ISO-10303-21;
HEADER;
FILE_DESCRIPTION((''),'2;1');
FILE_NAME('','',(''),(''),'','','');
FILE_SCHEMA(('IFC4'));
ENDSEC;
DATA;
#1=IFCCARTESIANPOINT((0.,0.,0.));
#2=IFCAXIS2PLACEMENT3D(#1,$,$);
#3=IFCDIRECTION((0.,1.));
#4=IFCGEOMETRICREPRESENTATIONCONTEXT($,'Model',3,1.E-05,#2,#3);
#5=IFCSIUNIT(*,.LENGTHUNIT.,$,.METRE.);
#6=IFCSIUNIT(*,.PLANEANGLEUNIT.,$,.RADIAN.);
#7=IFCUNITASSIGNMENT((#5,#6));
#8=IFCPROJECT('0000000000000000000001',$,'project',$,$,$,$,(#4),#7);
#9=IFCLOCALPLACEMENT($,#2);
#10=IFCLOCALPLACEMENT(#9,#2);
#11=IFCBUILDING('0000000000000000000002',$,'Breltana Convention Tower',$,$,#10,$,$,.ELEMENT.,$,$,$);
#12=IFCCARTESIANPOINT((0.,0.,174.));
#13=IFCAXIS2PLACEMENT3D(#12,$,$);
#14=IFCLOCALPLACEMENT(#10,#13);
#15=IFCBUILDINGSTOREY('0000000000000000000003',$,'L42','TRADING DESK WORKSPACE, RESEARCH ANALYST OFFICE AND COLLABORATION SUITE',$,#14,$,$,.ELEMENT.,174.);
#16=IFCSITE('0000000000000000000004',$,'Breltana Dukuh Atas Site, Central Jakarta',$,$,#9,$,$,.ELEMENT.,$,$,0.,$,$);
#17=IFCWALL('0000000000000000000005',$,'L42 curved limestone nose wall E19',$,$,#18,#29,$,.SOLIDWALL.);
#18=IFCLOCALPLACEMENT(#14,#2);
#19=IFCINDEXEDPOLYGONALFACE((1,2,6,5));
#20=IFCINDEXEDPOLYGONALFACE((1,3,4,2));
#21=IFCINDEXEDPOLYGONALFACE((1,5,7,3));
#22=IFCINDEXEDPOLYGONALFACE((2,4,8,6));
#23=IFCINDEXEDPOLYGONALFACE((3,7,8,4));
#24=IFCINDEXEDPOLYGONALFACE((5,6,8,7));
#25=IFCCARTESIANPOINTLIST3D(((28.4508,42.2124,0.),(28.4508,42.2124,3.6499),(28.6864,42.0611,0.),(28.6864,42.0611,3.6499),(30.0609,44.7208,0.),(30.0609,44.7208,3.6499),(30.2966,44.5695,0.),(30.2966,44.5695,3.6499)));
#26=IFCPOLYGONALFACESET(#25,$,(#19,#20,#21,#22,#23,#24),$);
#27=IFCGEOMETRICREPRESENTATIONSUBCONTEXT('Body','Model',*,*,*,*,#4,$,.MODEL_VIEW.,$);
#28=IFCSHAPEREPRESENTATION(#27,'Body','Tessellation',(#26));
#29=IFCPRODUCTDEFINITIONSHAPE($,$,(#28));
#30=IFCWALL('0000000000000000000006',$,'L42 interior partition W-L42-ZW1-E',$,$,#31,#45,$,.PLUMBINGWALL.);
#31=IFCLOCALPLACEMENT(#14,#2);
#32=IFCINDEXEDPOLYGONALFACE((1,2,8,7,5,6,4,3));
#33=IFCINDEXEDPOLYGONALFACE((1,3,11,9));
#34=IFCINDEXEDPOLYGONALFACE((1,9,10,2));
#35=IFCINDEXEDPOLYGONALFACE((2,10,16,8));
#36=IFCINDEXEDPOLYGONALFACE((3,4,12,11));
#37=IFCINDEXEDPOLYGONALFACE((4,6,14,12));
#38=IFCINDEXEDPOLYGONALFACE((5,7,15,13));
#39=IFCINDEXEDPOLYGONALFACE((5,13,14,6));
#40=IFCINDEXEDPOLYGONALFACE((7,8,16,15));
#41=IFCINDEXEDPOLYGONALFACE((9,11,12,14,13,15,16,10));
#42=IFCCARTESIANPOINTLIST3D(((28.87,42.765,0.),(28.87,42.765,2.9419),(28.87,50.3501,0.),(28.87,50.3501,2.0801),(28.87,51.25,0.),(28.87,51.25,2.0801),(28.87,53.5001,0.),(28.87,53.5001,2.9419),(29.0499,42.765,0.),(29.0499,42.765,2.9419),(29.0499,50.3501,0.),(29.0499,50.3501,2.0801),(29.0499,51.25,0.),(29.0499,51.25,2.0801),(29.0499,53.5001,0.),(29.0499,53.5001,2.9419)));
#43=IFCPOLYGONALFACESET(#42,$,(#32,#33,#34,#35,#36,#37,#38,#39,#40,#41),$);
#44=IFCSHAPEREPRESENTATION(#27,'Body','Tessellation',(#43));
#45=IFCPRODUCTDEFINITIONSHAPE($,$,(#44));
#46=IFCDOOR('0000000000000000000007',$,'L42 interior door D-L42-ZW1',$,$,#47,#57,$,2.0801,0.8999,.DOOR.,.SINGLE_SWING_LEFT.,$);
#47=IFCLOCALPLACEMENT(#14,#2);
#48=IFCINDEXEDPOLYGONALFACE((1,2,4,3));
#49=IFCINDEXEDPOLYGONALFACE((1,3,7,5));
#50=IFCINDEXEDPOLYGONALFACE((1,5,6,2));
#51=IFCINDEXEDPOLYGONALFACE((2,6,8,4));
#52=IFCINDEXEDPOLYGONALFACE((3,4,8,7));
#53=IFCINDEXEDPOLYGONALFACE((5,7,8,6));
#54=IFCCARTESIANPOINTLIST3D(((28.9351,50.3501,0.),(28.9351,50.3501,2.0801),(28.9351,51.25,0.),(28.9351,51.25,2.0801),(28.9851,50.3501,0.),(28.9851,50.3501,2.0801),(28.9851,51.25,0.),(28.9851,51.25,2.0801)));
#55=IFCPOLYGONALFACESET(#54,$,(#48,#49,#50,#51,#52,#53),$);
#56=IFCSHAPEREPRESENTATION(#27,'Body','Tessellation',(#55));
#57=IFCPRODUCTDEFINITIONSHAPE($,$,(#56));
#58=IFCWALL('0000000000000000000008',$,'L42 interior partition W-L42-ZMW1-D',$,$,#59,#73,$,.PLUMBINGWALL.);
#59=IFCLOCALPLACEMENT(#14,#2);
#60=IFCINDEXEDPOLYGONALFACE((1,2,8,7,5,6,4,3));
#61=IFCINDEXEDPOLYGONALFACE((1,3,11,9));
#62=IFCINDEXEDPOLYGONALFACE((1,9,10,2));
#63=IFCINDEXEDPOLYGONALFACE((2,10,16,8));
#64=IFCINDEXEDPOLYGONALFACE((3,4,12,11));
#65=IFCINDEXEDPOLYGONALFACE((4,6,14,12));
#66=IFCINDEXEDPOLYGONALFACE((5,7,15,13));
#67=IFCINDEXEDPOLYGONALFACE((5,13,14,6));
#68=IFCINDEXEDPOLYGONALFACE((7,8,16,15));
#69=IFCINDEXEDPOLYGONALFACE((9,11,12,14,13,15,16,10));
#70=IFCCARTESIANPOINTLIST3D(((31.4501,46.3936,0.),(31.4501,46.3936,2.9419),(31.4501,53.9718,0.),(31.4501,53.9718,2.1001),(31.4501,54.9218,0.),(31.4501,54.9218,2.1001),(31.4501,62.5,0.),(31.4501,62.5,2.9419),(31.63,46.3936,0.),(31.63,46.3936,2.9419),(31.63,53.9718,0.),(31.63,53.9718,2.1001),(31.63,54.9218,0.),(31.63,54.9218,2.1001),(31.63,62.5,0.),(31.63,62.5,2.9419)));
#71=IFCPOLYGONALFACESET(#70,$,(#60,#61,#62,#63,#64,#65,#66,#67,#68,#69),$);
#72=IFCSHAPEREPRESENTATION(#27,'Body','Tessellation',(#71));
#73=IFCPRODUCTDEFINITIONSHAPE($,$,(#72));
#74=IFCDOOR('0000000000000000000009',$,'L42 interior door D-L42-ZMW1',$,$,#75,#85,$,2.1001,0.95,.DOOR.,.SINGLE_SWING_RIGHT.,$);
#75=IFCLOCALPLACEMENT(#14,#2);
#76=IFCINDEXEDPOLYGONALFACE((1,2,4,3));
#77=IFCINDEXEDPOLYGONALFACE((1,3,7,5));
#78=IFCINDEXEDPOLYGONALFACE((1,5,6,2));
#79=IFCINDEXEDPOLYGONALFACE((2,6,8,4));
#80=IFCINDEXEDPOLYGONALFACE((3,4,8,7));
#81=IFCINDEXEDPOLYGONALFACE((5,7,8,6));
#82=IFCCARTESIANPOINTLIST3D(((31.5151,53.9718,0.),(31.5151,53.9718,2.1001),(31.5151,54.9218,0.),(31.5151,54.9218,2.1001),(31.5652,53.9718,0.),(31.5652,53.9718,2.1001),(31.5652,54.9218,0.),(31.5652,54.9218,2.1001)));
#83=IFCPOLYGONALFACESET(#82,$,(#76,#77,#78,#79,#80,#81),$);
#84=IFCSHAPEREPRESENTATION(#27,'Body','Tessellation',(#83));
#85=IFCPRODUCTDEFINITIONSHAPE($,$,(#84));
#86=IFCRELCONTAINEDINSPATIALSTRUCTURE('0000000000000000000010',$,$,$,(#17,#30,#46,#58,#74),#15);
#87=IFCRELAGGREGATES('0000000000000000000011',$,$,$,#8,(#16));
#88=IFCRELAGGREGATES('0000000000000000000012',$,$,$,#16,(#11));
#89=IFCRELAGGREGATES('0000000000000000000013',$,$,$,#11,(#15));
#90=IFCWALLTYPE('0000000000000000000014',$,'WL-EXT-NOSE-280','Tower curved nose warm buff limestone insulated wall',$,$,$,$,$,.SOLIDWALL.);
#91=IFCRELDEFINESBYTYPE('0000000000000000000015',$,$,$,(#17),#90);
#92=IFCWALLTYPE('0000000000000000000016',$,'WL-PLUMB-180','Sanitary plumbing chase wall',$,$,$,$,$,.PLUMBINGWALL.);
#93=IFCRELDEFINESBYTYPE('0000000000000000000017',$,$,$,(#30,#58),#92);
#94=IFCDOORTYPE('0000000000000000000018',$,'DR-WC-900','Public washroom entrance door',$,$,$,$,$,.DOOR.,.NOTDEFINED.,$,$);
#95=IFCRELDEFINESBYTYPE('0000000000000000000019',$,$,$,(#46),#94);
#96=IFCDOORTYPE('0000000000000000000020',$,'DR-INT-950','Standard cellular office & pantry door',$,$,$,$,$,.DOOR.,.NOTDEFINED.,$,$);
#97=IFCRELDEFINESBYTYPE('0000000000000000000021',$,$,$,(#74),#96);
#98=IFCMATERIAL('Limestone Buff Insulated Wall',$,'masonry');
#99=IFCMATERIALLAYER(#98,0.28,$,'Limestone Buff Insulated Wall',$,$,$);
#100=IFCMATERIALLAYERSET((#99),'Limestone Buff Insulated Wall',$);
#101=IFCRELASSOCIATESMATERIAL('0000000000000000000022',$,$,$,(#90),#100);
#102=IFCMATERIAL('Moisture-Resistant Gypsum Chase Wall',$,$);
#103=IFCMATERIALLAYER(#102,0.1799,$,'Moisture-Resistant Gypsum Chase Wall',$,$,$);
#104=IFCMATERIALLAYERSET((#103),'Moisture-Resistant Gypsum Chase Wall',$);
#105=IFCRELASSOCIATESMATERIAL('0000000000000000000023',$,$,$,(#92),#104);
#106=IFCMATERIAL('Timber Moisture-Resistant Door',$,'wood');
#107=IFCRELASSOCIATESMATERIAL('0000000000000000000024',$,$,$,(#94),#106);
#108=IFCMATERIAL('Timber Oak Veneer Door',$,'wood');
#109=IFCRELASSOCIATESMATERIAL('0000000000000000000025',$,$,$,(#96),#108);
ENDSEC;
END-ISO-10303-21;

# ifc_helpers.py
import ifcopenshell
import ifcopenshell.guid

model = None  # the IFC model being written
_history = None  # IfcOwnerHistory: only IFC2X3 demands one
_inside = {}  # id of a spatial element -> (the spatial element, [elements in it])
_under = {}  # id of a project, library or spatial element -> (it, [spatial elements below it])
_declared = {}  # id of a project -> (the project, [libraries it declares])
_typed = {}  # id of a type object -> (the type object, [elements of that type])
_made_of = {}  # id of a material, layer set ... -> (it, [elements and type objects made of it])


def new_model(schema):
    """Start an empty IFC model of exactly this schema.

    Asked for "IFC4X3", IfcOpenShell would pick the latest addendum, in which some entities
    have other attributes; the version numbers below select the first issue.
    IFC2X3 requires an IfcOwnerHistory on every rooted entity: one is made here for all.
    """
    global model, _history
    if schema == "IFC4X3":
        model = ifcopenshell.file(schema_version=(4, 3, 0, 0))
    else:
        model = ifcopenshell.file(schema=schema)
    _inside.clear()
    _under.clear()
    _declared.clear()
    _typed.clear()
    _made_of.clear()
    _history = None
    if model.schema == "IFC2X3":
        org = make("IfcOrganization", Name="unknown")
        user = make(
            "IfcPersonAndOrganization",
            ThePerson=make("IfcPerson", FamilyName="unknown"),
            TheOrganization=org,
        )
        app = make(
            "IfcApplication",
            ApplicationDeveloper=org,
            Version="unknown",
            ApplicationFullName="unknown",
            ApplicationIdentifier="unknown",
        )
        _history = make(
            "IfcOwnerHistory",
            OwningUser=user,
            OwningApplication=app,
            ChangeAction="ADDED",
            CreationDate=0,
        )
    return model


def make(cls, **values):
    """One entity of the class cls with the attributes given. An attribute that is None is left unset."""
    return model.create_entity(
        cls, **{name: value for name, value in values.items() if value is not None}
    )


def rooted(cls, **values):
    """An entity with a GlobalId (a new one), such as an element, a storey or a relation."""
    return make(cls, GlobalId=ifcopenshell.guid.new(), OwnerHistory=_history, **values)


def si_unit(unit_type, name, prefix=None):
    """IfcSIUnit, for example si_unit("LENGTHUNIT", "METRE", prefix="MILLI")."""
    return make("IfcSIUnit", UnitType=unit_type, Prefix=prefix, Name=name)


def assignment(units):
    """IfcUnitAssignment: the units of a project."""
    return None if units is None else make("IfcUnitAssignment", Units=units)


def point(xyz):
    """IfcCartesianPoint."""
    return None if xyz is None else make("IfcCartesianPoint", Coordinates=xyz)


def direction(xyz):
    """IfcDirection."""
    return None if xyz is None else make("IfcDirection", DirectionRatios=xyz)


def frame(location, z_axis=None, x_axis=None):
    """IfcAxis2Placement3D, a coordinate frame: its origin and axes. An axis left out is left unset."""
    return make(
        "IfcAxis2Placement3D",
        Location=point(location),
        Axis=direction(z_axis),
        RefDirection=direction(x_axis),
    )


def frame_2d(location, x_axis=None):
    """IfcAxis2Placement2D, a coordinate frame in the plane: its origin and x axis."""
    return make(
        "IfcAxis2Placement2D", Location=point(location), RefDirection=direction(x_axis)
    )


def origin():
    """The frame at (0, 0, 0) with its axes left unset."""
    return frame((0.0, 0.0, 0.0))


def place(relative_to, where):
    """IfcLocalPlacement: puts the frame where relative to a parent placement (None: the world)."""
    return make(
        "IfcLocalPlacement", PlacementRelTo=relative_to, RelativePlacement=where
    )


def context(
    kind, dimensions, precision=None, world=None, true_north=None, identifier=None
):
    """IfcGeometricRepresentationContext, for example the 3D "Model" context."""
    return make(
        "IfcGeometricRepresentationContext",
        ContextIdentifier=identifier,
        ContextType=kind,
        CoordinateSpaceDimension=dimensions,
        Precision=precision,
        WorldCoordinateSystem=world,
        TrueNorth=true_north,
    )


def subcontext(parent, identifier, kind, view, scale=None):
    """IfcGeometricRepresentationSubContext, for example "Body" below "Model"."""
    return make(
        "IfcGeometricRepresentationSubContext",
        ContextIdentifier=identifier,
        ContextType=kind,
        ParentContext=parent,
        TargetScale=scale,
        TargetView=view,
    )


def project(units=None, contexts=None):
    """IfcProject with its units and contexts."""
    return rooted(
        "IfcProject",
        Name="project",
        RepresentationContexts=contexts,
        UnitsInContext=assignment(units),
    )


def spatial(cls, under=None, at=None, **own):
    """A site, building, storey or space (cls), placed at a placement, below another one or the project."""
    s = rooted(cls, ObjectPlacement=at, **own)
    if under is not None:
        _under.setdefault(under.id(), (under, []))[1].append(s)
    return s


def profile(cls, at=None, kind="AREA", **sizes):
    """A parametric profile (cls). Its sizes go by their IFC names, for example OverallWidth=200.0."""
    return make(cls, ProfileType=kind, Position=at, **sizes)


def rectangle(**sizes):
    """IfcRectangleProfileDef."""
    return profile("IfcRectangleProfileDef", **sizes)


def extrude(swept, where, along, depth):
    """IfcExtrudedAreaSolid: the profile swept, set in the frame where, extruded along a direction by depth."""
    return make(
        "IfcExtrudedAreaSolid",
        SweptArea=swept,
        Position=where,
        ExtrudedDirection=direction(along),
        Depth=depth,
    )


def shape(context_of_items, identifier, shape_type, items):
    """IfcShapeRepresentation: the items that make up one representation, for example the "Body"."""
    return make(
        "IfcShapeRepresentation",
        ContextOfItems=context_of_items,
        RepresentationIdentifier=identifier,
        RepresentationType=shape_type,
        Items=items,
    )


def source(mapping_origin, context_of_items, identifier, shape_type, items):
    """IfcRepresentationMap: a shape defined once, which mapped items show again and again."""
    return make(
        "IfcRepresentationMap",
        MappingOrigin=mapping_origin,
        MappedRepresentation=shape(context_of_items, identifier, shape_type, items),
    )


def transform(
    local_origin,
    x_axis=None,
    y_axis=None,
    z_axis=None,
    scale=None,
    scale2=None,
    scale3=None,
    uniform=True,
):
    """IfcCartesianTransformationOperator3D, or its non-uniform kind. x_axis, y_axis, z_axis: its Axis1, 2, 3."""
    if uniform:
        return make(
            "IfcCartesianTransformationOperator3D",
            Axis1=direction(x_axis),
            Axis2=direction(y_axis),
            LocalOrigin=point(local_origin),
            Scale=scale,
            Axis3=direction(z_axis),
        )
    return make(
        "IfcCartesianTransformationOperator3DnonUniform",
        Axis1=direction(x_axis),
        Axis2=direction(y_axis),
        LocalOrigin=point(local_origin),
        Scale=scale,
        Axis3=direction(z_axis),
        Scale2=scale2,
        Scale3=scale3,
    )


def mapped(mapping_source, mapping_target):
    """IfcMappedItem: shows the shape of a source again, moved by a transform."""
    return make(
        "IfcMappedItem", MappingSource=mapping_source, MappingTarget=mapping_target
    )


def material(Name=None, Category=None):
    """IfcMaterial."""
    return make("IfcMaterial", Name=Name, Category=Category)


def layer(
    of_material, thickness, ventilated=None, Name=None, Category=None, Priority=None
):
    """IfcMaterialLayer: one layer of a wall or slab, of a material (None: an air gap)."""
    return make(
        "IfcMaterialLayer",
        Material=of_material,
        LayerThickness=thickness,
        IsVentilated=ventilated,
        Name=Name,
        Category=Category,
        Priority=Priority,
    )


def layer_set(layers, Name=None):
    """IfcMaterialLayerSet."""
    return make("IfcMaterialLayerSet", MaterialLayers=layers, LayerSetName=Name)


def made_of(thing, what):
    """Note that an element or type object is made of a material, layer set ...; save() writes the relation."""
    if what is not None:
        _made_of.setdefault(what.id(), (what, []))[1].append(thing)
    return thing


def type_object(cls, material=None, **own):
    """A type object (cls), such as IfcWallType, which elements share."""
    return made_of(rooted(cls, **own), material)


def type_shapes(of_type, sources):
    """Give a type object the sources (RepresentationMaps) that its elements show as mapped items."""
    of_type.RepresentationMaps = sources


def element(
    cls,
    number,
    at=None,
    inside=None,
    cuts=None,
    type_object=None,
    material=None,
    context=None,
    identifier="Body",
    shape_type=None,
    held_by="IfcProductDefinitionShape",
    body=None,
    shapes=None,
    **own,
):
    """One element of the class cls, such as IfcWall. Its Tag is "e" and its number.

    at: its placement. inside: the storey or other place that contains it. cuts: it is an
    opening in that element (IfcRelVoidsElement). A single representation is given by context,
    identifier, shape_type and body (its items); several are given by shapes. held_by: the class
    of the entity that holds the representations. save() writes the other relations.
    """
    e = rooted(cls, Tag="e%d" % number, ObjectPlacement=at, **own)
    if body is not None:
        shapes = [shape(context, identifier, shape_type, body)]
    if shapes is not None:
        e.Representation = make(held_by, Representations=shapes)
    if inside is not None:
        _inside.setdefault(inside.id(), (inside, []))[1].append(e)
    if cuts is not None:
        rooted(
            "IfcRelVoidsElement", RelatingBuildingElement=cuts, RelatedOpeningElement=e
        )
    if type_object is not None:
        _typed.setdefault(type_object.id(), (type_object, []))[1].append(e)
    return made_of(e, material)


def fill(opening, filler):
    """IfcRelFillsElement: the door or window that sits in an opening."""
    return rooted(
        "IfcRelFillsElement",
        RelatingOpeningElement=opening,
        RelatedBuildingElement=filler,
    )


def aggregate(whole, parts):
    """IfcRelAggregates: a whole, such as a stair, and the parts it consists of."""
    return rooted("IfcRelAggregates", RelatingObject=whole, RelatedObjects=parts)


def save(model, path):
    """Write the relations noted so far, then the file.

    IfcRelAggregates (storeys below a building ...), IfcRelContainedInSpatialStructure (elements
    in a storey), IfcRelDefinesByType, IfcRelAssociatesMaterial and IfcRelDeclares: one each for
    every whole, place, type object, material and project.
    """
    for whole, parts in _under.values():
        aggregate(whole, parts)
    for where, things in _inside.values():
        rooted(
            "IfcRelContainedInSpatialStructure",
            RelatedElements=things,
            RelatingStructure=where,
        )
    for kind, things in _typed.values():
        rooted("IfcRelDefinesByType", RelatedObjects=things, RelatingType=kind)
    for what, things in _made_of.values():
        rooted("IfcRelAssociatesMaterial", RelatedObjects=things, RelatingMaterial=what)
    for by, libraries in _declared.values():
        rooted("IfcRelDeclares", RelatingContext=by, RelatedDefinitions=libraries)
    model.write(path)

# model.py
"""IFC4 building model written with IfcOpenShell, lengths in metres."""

from ifc_helpers import new_model, si_unit, direction, frame, frame_2d, origin, place, context, subcontext, project, spatial, rectangle, extrude, source, transform, mapped, material, layer, layer_set, type_object, type_shapes, element, fill, save


model = new_model("IFC4")

# Units and contexts
model_context = context("Model", 3, precision=1e-05, world=origin(), true_north=direction((0.0, 1.0)))
body_context = subcontext(model_context, "Body", "Model", "MODEL_VIEW")
ifc_project = project(units=[si_unit("LENGTHUNIT", "METRE"), si_unit("PLANEANGLEUNIT", "RADIAN")], contexts=[model_context])

# Site, building, storey
site_placement = place(None, origin())
site = spatial("IfcSite", under=ifc_project, at=site_placement, Name="Breltana Dukuh Atas Site, Central Jakarta", CompositionType="ELEMENT", RefElevation=0.0)
building_placement = place(site_placement, origin())
building = spatial("IfcBuilding", under=site, at=building_placement, Name="Breltana Convention Tower", CompositionType="ELEMENT")
storey_placement = place(building_placement, frame((0.0, 0.0, 174.0)))
storey = spatial("IfcBuildingStorey", under=building, at=storey_placement, Name="L42", Description="TRADING DESK WORKSPACE, RESEARCH ANALYST OFFICE AND COLLABORATION SUITE", CompositionType="ELEMENT", Elevation=174.0)

# Shared definitions
ifc_material_1 = material(Name="Limestone Buff Insulated Wall", Category="masonry")
ifc_layer_1 = layer(ifc_material_1, 0.28, Name="Limestone Buff Insulated Wall")
ifc_layer_set_1 = layer_set([ifc_layer_1], Name="Limestone Buff Insulated Wall")
wall_type_1 = type_object("IfcWallType", Name="WL-EXT-NOSE-280", Description="Tower curved nose warm buff limestone insulated wall", PredefinedType="SOLIDWALL", material=ifc_layer_set_1)

# Wall
shared_shape_1 = source(origin(), body_context, "Body", "SweptSolid", [
    extrude(rectangle(XDim=2.9807, YDim=0.28, at=frame_2d((1.4902, 0.0))), origin(), (0.0, 0.0, 1.0), 3.6499),
])
wall_1_placement = place(storey_placement, frame((30.1787, 44.645, 0.0), z_axis=(0.0, 0.0, 1.0), x_axis=(-0.540194, -0.84154, 0.0)))
element("IfcWall", 1, at=wall_1_placement, inside=storey, type_object=wall_type_1, Name="L42 curved limestone nose wall E19", PredefinedType="SOLIDWALL", context=body_context, shape_type="MappedRepresentation", body=[
    mapped(shared_shape_1, transform((0.0, 0.0, 0.0), scale=1.0)),
])

# Walls, openings, doors
ifc_material_2 = material(Name="Moisture-Resistant Gypsum Chase Wall")
ifc_layer_2 = layer(ifc_material_2, 0.1799, Name="Moisture-Resistant Gypsum Chase Wall")
ifc_layer_set_2 = layer_set([ifc_layer_2], Name="Moisture-Resistant Gypsum Chase Wall")
wall_type_2 = type_object("IfcWallType", Name="WL-PLUMB-180", Description="Sanitary plumbing chase wall", PredefinedType="PLUMBINGWALL", material=ifc_layer_set_2)
shared_shape_2 = source(origin(), body_context, "Body", "SweptSolid", [
    extrude(rectangle(XDim=10.7351, YDim=0.1799, at=frame_2d((5.3677, 0.0))), origin(), (0.0, 0.0, 1.0), 2.9419),
])
wall_2_placement = place(storey_placement, frame((28.96, 42.7649, 0.0), z_axis=(0.0, 0.0, 1.0), x_axis=(0.0, 1.0, 0.0)))
wall_2 = element("IfcWall", 2, at=wall_2_placement, inside=storey, type_object=wall_type_2, Name="L42 interior partition W-L42-ZW1-E", PredefinedType="PLUMBINGWALL", context=body_context, shape_type="MappedRepresentation", body=[
    mapped(shared_shape_2, transform((0.0, 0.0, 0.0), scale=1.0)),
])
opening_1_placement = place(wall_2_placement, frame((7.5852, 0.0, 0.0)))
opening_1 = element("IfcOpeningElement", 3, at=opening_1_placement, cuts=wall_2, PredefinedType="OPENING", context=body_context, shape_type="SweptSolid", body=[
    extrude(rectangle(XDim=0.8999, YDim=2.0801, at=frame_2d((0.45, 1.04))), frame((0.0, 0.1001, 0.0), z_axis=(0.0, -1.0, 0.0), x_axis=(1.0, 0.0, 0.0)), (0.0, 0.0, 1.0), 0.2),
])
ifc_material_3 = material(Name="Timber Moisture-Resistant Door", Category="wood")
door_type_1 = type_object("IfcDoorType", Name="DR-WC-900", Description="Public washroom entrance door", OperationType="NOTDEFINED", PredefinedType="DOOR", material=ifc_material_3)
shared_shape_3 = source(origin(), body_context, "Body", "SweptSolid", [
    extrude(rectangle(XDim=0.8999, YDim=2.0801, at=frame_2d((0.45, 1.04))), frame((0.0, 0.0249, 0.0), z_axis=(0.0, -1.0, 0.0), x_axis=(1.0, 0.0, 0.0)), (0.0, 0.0, 1.0), 0.05),
])
type_shapes(door_type_1, [shared_shape_3])
door_1_placement = place(opening_1_placement, origin())
door_1 = element("IfcDoor", 4, at=door_1_placement, inside=storey, type_object=door_type_1, Name="L42 interior door D-L42-ZW1", OperationType="SINGLE_SWING_LEFT", OverallHeight=2.0801, OverallWidth=0.8999, PredefinedType="DOOR", context=body_context, shape_type="MappedRepresentation", body=[
    mapped(shared_shape_3, transform((0.0, 0.0, 0.0), scale=1.0)),
])
fill(opening_1, door_1)
shared_shape_4 = source(origin(), body_context, "Body", "SweptSolid", [
    extrude(rectangle(XDim=16.1064, YDim=0.1799, at=frame_2d((8.0532, 0.0))), origin(), (0.0, 0.0, 1.0), 2.9419),
])
wall_3_placement = place(storey_placement, frame((31.54, 46.3936, 0.0), z_axis=(0.0, 0.0, 1.0), x_axis=(0.0, 1.0, 0.0)))
wall_3 = element("IfcWall", 5, at=wall_3_placement, inside=storey, type_object=wall_type_2, Name="L42 interior partition W-L42-ZMW1-D", PredefinedType="PLUMBINGWALL", context=body_context, shape_type="MappedRepresentation", body=[
    mapped(shared_shape_4, transform((0.0, 0.0, 0.0), scale=1.0)),
])
opening_2_placement = place(wall_3_placement, frame((7.5781, 0.0, 0.0)))
opening_2 = element("IfcOpeningElement", 6, at=opening_2_placement, cuts=wall_3, PredefinedType="OPENING", context=body_context, shape_type="SweptSolid", body=[
    extrude(rectangle(XDim=0.95, YDim=2.1001, at=frame_2d((0.4751, 1.05))), frame((0.0, 0.1001, 0.0), z_axis=(0.0, -1.0, 0.0), x_axis=(1.0, 0.0, 0.0)), (0.0, 0.0, 1.0), 0.2),
])
ifc_material_4 = material(Name="Timber Oak Veneer Door", Category="wood")
door_type_2 = type_object("IfcDoorType", Name="DR-INT-950", Description="Standard cellular office & pantry door", OperationType="NOTDEFINED", PredefinedType="DOOR", material=ifc_material_4)
shared_shape_5 = source(origin(), body_context, "Body", "SweptSolid", [
    extrude(rectangle(XDim=0.95, YDim=2.1001, at=frame_2d((0.4751, 1.05))), frame((0.0, 0.0249, 0.0), z_axis=(0.0, -1.0, 0.0), x_axis=(1.0, 0.0, 0.0)), (0.0, 0.0, 1.0), 0.05),
])
type_shapes(door_type_2, [shared_shape_5])
door_2_placement = place(opening_2_placement, origin())
door_2 = element("IfcDoor", 7, at=door_2_placement, inside=storey, type_object=door_type_2, Name="L42 interior door D-L42-ZMW1", OperationType="SINGLE_SWING_RIGHT", OverallHeight=2.1001, OverallWidth=0.95, PredefinedType="DOOR", context=body_context, shape_type="MappedRepresentation", body=[
    mapped(shared_shape_5, transform((0.0, 0.0, 0.0), scale=1.0)),
])
fill(opening_2, door_2)

save(model, "model.ifc")
